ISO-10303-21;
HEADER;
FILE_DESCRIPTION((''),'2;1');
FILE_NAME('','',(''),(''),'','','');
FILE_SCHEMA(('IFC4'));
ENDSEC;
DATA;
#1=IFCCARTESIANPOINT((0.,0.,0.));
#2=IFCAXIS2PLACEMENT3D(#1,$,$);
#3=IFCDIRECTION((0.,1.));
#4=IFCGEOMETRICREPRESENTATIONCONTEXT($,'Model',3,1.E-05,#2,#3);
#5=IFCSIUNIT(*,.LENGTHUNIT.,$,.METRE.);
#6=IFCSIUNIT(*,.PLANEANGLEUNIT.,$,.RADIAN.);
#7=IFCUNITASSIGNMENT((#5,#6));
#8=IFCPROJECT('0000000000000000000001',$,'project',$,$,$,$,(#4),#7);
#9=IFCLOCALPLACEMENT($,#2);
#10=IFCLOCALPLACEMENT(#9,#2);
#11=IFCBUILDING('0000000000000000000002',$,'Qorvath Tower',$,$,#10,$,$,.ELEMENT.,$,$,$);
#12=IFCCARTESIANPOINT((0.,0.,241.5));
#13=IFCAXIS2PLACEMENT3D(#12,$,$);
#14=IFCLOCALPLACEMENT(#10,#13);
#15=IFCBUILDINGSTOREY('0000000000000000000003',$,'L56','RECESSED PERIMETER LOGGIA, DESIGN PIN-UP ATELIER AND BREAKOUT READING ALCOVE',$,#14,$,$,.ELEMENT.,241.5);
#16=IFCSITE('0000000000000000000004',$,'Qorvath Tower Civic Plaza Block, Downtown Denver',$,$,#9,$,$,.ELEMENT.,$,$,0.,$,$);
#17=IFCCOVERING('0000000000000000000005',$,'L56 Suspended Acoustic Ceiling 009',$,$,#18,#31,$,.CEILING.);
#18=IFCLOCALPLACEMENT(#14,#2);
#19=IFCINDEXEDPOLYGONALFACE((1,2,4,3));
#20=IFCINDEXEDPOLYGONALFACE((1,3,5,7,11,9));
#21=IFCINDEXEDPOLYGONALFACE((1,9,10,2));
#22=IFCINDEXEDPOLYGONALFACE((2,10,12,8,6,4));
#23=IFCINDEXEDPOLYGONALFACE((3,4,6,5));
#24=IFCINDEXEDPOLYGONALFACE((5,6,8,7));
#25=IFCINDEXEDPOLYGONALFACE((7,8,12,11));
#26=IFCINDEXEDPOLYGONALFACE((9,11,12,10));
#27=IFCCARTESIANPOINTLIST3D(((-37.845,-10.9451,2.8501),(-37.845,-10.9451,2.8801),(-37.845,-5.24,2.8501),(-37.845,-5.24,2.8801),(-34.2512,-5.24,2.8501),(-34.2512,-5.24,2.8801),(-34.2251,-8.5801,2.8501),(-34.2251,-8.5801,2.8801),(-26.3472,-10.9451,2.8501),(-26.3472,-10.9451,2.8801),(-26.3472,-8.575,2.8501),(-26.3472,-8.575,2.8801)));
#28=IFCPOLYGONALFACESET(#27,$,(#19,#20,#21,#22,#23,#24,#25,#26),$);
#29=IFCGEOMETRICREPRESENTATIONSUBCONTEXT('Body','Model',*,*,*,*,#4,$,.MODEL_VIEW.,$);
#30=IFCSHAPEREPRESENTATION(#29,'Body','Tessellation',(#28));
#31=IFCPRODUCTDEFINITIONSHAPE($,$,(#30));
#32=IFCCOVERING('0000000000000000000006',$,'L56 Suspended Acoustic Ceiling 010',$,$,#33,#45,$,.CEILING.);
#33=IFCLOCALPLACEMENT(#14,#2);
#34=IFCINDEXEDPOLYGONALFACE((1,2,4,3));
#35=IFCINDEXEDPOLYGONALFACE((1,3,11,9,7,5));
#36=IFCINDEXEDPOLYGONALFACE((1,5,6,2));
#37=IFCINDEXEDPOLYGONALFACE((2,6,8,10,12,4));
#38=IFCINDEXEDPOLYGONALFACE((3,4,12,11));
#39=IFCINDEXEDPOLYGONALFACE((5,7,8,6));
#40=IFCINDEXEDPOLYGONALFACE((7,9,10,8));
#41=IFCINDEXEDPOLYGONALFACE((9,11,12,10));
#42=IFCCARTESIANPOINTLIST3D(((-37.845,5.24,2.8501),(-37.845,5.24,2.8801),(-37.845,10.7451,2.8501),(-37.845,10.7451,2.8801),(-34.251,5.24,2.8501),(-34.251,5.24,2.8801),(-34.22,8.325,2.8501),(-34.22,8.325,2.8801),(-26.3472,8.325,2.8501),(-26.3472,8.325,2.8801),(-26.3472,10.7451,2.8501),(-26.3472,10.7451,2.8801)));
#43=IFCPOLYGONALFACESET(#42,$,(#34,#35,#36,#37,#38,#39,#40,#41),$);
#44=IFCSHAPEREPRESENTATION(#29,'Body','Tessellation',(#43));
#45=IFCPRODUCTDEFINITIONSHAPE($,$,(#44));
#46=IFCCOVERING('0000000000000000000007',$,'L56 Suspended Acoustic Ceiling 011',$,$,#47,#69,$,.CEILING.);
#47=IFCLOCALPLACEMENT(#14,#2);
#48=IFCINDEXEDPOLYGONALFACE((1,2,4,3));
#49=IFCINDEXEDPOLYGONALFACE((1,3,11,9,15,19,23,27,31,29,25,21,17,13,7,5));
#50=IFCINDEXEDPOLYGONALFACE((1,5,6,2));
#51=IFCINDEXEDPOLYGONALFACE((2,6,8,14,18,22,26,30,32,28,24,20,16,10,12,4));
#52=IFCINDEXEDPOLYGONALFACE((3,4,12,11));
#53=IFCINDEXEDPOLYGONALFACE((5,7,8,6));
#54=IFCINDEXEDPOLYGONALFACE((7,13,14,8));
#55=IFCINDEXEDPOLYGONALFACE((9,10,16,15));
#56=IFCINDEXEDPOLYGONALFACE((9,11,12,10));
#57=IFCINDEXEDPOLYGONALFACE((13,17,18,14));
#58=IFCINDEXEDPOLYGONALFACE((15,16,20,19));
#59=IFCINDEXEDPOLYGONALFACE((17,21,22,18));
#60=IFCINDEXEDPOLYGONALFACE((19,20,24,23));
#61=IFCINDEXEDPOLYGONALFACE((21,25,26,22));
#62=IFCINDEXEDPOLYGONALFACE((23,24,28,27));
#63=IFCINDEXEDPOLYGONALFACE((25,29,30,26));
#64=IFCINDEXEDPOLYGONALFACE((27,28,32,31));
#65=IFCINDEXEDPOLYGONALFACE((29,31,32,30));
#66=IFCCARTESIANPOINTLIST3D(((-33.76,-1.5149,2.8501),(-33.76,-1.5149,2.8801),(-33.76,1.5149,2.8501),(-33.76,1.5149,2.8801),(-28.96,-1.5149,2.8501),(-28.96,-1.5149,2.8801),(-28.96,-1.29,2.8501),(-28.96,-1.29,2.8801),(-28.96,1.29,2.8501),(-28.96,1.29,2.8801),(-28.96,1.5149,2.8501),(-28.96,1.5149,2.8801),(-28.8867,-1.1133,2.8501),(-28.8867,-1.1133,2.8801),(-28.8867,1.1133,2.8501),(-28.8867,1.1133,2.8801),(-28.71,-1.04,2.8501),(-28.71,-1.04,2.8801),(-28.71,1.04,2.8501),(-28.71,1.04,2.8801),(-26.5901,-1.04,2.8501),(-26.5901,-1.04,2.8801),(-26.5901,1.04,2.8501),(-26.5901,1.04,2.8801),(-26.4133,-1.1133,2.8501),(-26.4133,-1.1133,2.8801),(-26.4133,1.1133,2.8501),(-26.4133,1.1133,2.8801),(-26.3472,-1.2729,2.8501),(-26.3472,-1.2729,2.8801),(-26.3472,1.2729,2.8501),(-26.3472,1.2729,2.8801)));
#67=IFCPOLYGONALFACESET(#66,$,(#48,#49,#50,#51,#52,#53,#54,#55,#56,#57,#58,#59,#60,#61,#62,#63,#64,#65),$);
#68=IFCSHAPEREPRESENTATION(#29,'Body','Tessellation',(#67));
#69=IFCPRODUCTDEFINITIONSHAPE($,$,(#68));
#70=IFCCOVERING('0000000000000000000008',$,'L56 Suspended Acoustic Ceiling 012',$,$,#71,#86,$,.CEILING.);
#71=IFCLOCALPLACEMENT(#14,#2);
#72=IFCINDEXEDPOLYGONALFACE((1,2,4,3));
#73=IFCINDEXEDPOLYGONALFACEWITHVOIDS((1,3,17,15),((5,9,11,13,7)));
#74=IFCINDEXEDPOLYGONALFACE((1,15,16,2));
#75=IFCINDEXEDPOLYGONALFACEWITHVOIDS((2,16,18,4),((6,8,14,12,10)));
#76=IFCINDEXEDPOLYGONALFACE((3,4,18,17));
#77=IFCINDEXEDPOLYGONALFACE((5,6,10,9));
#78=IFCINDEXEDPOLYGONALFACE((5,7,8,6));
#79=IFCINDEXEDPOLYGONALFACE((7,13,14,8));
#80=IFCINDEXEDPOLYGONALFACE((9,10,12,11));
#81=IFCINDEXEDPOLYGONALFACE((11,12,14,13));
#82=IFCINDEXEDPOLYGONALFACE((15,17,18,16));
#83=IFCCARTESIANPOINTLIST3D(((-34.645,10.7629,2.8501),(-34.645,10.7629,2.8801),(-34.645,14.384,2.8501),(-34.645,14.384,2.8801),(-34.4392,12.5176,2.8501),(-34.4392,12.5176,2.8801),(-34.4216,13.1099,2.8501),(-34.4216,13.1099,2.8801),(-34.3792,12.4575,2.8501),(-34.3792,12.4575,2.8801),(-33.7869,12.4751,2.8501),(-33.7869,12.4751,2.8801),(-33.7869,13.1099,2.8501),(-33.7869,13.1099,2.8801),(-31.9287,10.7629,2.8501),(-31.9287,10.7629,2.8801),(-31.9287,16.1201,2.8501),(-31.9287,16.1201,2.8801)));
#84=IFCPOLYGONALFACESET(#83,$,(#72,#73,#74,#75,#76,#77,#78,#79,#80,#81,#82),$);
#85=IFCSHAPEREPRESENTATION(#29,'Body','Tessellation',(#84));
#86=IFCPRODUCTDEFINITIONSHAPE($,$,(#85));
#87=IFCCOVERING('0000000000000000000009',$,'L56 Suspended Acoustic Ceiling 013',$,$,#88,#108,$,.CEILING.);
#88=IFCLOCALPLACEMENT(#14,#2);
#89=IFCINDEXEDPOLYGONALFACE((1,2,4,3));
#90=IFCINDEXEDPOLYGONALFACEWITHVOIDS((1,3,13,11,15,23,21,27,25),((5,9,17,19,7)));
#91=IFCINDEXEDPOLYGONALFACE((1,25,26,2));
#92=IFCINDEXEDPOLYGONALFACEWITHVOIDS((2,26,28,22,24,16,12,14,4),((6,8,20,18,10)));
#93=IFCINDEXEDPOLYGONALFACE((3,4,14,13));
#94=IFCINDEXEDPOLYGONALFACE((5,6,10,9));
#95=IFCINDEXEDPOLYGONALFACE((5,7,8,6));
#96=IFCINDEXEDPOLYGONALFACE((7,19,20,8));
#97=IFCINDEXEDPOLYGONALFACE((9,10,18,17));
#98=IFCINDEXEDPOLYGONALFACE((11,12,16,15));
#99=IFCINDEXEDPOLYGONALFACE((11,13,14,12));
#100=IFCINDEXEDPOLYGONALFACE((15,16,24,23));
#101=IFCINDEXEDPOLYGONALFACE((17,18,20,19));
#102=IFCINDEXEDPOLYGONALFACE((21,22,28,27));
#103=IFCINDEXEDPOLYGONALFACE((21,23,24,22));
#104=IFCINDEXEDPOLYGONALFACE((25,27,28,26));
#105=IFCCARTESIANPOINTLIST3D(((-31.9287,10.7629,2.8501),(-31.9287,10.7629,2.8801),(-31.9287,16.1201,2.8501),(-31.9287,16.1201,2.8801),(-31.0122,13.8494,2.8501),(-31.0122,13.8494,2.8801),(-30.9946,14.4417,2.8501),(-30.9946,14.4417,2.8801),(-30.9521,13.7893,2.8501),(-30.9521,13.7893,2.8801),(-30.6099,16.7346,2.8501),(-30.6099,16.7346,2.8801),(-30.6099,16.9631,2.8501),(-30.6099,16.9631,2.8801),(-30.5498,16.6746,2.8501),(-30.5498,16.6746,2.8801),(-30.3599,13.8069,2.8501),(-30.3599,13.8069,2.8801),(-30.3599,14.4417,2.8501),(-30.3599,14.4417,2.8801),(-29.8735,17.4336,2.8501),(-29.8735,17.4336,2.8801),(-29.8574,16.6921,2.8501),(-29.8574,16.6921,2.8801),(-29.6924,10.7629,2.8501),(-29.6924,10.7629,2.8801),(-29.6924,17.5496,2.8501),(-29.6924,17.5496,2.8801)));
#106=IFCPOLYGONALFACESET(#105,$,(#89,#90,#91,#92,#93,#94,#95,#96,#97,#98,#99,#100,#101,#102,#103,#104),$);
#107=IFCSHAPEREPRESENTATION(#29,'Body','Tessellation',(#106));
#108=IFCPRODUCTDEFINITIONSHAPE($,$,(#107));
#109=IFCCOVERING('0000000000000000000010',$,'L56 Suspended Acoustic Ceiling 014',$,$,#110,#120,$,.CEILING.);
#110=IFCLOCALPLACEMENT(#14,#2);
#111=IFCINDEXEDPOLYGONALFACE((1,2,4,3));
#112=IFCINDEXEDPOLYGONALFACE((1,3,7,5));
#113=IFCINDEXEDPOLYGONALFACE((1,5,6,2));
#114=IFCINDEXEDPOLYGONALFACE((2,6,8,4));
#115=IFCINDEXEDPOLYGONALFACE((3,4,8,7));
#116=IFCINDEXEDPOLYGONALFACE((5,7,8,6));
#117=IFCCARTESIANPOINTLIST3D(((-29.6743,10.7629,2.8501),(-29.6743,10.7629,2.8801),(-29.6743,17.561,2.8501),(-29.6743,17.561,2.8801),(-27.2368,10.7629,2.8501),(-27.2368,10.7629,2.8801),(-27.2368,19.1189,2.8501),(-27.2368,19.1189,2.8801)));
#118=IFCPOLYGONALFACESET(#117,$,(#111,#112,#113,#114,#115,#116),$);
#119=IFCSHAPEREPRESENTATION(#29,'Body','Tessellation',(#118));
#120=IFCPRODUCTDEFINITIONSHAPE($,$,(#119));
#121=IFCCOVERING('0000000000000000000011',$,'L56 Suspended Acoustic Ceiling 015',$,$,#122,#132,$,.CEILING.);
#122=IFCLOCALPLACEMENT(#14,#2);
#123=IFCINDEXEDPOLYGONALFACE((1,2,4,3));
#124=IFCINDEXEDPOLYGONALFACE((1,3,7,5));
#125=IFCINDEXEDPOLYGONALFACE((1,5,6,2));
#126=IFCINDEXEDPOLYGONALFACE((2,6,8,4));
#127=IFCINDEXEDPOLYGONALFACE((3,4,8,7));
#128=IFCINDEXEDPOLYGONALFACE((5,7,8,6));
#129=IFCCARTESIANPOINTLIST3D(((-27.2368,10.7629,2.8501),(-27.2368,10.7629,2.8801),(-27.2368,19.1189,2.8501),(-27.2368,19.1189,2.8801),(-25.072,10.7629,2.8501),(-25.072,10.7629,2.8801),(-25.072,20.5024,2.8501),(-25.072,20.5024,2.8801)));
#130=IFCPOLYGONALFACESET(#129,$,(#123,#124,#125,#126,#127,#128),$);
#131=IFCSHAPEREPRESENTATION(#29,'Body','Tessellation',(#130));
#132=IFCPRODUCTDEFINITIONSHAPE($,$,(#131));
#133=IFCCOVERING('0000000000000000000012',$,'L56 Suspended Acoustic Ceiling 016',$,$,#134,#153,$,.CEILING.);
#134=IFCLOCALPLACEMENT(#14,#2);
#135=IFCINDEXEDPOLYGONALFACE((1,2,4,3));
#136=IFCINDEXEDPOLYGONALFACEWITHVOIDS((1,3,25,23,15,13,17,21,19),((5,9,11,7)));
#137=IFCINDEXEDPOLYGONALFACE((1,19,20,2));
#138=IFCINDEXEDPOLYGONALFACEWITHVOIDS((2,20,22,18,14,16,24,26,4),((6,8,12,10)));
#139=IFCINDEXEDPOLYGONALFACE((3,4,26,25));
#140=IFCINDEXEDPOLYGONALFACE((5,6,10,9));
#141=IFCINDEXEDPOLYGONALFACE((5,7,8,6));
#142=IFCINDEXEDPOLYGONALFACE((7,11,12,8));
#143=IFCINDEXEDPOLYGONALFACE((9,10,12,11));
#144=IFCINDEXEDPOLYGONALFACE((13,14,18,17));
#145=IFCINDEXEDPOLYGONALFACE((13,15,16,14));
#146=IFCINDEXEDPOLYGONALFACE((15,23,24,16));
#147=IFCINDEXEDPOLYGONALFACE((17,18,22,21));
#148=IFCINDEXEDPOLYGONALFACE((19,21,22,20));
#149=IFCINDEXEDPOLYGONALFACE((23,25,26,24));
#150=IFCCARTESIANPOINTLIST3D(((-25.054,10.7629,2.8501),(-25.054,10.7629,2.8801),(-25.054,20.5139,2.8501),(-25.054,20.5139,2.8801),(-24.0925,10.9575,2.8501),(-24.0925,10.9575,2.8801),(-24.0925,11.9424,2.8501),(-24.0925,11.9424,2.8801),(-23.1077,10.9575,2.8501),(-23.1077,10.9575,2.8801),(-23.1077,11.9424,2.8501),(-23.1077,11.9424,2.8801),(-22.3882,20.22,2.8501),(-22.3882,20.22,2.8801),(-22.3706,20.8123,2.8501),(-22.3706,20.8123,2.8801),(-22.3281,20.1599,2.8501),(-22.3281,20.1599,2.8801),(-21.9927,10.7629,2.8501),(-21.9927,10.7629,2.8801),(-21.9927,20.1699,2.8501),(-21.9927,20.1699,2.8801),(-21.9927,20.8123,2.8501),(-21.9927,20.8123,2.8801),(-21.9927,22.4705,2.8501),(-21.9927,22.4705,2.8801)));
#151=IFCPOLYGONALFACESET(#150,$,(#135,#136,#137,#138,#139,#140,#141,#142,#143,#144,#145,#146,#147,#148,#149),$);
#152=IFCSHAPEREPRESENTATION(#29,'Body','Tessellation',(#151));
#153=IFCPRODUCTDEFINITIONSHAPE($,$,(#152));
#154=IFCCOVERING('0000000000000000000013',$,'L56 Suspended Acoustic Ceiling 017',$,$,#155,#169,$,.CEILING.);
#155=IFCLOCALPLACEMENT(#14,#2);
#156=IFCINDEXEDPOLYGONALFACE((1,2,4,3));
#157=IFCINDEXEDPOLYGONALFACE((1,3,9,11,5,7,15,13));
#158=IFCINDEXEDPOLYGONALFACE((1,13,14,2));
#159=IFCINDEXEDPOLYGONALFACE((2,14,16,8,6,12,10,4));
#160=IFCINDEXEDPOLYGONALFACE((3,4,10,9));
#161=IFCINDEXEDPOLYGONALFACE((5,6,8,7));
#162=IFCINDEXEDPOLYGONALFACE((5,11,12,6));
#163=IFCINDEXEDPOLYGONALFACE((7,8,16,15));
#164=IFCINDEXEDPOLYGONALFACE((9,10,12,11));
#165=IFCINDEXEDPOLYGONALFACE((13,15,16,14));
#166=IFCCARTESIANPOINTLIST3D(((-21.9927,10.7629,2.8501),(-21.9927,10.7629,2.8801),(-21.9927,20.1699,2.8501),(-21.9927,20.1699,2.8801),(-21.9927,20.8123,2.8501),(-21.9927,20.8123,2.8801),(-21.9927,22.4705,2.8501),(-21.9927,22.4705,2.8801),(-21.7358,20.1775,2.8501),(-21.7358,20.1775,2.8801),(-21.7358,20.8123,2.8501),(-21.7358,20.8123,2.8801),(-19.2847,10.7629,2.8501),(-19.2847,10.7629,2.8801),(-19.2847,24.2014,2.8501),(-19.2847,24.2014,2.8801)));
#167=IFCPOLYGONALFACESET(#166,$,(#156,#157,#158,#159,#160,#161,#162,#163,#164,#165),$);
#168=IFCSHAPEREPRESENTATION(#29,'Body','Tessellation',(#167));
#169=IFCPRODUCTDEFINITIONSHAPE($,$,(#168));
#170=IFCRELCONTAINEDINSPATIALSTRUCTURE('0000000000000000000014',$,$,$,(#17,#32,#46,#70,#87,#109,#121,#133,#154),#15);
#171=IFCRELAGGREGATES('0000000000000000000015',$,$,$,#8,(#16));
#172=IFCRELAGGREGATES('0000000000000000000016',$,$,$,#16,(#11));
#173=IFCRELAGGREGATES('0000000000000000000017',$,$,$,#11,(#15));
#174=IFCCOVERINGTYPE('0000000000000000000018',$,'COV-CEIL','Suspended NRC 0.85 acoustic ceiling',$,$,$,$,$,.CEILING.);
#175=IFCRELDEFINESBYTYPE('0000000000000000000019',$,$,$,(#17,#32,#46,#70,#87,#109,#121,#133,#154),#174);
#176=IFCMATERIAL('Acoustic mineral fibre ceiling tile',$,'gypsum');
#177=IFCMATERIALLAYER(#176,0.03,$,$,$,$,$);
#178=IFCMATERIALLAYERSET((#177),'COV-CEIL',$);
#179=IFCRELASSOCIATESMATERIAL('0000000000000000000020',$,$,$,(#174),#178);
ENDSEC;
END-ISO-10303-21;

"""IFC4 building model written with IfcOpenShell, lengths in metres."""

from ifc_helpers import new_model, si_unit, direction, frame, origin, place, context, subcontext, project, spatial, polyline, outline, extrude, material, layer, layer_set, type_object, element, save


model = new_model("IFC4")

# Units and contexts
model_context = context("Model", 3, precision=1e-05, world=origin(), true_north=direction((0.0, 1.0)))
body_context = subcontext(model_context, "Body", "Model", "MODEL_VIEW")
ifc_project = project(units=[si_unit("LENGTHUNIT", "METRE"), si_unit("PLANEANGLEUNIT", "RADIAN")], contexts=[model_context])

# Site, building, storey
site_placement = place(None, origin())
site = spatial("IfcSite", under=ifc_project, at=site_placement, Name="Qorvath Tower Civic Plaza Block, Downtown Denver", CompositionType="ELEMENT", RefElevation=0.0)
building_placement = place(site_placement, origin())
building = spatial("IfcBuilding", under=site, at=building_placement, Name="Qorvath Tower", CompositionType="ELEMENT")
storey_placement = place(building_placement, frame((0.0, 0.0, 241.5)))
storey = spatial("IfcBuildingStorey", under=building, at=storey_placement, Name="L56", Description="RECESSED PERIMETER LOGGIA, DESIGN PIN-UP ATELIER AND BREAKOUT READING ALCOVE", CompositionType="ELEMENT", Elevation=241.5)

# Coverings
ifc_material_1 = material(Name="Acoustic mineral fibre ceiling tile", Category="gypsum")
ifc_layer_1 = layer(ifc_material_1, 0.03)
ifc_layer_set_1 = layer_set([ifc_layer_1], Name="COV-CEIL")
covering_type_1 = type_object("IfcCoveringType", Name="COV-CEIL", Description="Suspended NRC 0.85 acoustic ceiling", PredefinedType="CEILING", material=ifc_layer_set_1)
covering_1_placement = place(storey_placement, frame((0.0, 0.0, 2.8501)))
element("IfcCovering", 1, at=covering_1_placement, inside=storey, type_object=covering_type_1, Name="L56 Suspended Acoustic Ceiling 009", PredefinedType="CEILING", context=body_context, shape_type="SweptSolid", body=[
    extrude(outline(polyline([(-34.2251, -8.5801), (-34.2512, -5.24), (-37.845, -5.24), (-37.845, -10.9451), (-26.3472, -10.9451), (-26.3472, -8.575), (-34.2251, -8.5801)])), origin(), (0.0, 0.0, 1.0), 0.03),
])
covering_2_placement = place(storey_placement, frame((0.0, 0.0, 2.8501)))
element("IfcCovering", 2, at=covering_2_placement, inside=storey, type_object=covering_type_1, Name="L56 Suspended Acoustic Ceiling 010", PredefinedType="CEILING", context=body_context, shape_type="SweptSolid", body=[
    extrude(outline(polyline([(-26.3472, 8.325), (-26.3472, 10.7451), (-37.845, 10.7451), (-37.845, 5.24), (-34.251, 5.24), (-34.22, 8.325), (-26.3472, 8.325)])), origin(), (0.0, 0.0, 1.0), 0.03),
])
covering_3_placement = place(storey_placement, frame((0.0, 0.0, 2.8501)))
element("IfcCovering", 3, at=covering_3_placement, inside=storey, type_object=covering_type_1, Name="L56 Suspended Acoustic Ceiling 011", PredefinedType="CEILING", context=body_context, shape_type="SweptSolid", body=[
    extrude(outline(polyline([(-26.3472, -1.2729), (-26.3472, 1.2729), (-26.4133, 1.1133), (-26.5901, 1.04), (-28.71, 1.04), (-28.8867, 1.1133), (-28.96, 1.29), (-28.96, 1.5149), (-33.76, 1.5149), (-33.76, -1.5149), (-28.96, -1.5149), (-28.96, -1.29), (-28.8867, -1.1133), (-28.71, -1.04), (-26.5901, -1.04), (-26.4133, -1.1133), (-26.3472, -1.2729)])), origin(), (0.0, 0.0, 1.0), 0.03),
])
covering_4_placement = place(storey_placement, frame((0.0, 0.0, 2.8501)))
element("IfcCovering", 4, at=covering_4_placement, inside=storey, type_object=covering_type_1, Name="L56 Suspended Acoustic Ceiling 012", PredefinedType="CEILING", context=body_context, shape_type="SweptSolid", body=[
    extrude(outline(polyline([(-31.9287, 10.7629), (-31.9287, 16.1201), (-34.645, 14.384), (-34.645, 10.7629), (-31.9287, 10.7629)]), holes=[polyline([(-34.4392, 12.5176), (-34.4216, 13.1099), (-33.7869, 13.1099), (-33.7869, 12.4751), (-34.3792, 12.4575), (-34.4392, 12.5176)])]), origin(), (0.0, 0.0, 1.0), 0.03),
])
covering_5_placement = place(storey_placement, frame((0.0, 0.0, 2.8501)))
element("IfcCovering", 5, at=covering_5_placement, inside=storey, type_object=covering_type_1, Name="L56 Suspended Acoustic Ceiling 013", PredefinedType="CEILING", context=body_context, shape_type="SweptSolid", body=[
    extrude(outline(polyline([(-29.6924, 10.7629), (-29.6924, 17.5496), (-29.8735, 17.4336), (-29.8574, 16.6921), (-30.5498, 16.6746), (-30.6099, 16.7346), (-30.6099, 16.9631), (-31.9287, 16.1201), (-31.9287, 10.7629), (-29.6924, 10.7629)]), holes=[polyline([(-31.0122, 13.8494), (-30.9946, 14.4417), (-30.3599, 14.4417), (-30.3599, 13.8069), (-30.9521, 13.7893), (-31.0122, 13.8494)])]), origin(), (0.0, 0.0, 1.0), 0.03),
])
covering_6_placement = place(storey_placement, frame((0.0, 0.0, 2.8501)))
element("IfcCovering", 6, at=covering_6_placement, inside=storey, type_object=covering_type_1, Name="L56 Suspended Acoustic Ceiling 014", PredefinedType="CEILING", context=body_context, shape_type="SweptSolid", body=[
    extrude(outline(polyline([(-29.6743, 17.561), (-29.6743, 10.7629), (-27.2368, 10.7629), (-27.2368, 19.1189), (-29.6743, 17.561)])), origin(), (0.0, 0.0, 1.0), 0.03),
])
covering_7_placement = place(storey_placement, frame((0.0, 0.0, 2.8501)))
element("IfcCovering", 7, at=covering_7_placement, inside=storey, type_object=covering_type_1, Name="L56 Suspended Acoustic Ceiling 015", PredefinedType="CEILING", context=body_context, shape_type="SweptSolid", body=[
    extrude(outline(polyline([(-27.2368, 19.1189), (-27.2368, 10.7629), (-25.072, 10.7629), (-25.072, 20.5024), (-27.2368, 19.1189)])), origin(), (0.0, 0.0, 1.0), 0.03),
])
covering_8_placement = place(storey_placement, frame((0.0, 0.0, 2.8501)))
element("IfcCovering", 8, at=covering_8_placement, inside=storey, type_object=covering_type_1, Name="L56 Suspended Acoustic Ceiling 016", PredefinedType="CEILING", context=body_context, shape_type="SweptSolid", body=[
    extrude(outline(polyline([(-25.054, 20.5139), (-25.054, 10.7629), (-21.9927, 10.7629), (-21.9927, 20.1699), (-22.3281, 20.1599), (-22.3882, 20.22), (-22.3706, 20.8123), (-21.9927, 20.8123), (-21.9927, 22.4705), (-25.054, 20.5139)]), holes=[polyline([(-24.0925, 10.9575), (-24.0925, 11.9424), (-23.1077, 11.9424), (-23.1077, 10.9575), (-24.0925, 10.9575)])]), origin(), (0.0, 0.0, 1.0), 0.03),
])
covering_9_placement = place(storey_placement, frame((0.0, 0.0, 2.8501)))
element("IfcCovering", 9, at=covering_9_placement, inside=storey, type_object=covering_type_1, Name="L56 Suspended Acoustic Ceiling 017", PredefinedType="CEILING", context=body_context, shape_type="SweptSolid", body=[
    extrude(outline(polyline([(-21.9927, 22.4705), (-21.9927, 20.8123), (-21.7358, 20.8123), (-21.7358, 20.1775), (-21.9927, 20.1699), (-21.9927, 10.7629), (-19.2847, 10.7629), (-19.2847, 24.2014), (-21.9927, 22.4705)])), origin(), (0.0, 0.0, 1.0), 0.03),
])

save(model, "model.ifc")
